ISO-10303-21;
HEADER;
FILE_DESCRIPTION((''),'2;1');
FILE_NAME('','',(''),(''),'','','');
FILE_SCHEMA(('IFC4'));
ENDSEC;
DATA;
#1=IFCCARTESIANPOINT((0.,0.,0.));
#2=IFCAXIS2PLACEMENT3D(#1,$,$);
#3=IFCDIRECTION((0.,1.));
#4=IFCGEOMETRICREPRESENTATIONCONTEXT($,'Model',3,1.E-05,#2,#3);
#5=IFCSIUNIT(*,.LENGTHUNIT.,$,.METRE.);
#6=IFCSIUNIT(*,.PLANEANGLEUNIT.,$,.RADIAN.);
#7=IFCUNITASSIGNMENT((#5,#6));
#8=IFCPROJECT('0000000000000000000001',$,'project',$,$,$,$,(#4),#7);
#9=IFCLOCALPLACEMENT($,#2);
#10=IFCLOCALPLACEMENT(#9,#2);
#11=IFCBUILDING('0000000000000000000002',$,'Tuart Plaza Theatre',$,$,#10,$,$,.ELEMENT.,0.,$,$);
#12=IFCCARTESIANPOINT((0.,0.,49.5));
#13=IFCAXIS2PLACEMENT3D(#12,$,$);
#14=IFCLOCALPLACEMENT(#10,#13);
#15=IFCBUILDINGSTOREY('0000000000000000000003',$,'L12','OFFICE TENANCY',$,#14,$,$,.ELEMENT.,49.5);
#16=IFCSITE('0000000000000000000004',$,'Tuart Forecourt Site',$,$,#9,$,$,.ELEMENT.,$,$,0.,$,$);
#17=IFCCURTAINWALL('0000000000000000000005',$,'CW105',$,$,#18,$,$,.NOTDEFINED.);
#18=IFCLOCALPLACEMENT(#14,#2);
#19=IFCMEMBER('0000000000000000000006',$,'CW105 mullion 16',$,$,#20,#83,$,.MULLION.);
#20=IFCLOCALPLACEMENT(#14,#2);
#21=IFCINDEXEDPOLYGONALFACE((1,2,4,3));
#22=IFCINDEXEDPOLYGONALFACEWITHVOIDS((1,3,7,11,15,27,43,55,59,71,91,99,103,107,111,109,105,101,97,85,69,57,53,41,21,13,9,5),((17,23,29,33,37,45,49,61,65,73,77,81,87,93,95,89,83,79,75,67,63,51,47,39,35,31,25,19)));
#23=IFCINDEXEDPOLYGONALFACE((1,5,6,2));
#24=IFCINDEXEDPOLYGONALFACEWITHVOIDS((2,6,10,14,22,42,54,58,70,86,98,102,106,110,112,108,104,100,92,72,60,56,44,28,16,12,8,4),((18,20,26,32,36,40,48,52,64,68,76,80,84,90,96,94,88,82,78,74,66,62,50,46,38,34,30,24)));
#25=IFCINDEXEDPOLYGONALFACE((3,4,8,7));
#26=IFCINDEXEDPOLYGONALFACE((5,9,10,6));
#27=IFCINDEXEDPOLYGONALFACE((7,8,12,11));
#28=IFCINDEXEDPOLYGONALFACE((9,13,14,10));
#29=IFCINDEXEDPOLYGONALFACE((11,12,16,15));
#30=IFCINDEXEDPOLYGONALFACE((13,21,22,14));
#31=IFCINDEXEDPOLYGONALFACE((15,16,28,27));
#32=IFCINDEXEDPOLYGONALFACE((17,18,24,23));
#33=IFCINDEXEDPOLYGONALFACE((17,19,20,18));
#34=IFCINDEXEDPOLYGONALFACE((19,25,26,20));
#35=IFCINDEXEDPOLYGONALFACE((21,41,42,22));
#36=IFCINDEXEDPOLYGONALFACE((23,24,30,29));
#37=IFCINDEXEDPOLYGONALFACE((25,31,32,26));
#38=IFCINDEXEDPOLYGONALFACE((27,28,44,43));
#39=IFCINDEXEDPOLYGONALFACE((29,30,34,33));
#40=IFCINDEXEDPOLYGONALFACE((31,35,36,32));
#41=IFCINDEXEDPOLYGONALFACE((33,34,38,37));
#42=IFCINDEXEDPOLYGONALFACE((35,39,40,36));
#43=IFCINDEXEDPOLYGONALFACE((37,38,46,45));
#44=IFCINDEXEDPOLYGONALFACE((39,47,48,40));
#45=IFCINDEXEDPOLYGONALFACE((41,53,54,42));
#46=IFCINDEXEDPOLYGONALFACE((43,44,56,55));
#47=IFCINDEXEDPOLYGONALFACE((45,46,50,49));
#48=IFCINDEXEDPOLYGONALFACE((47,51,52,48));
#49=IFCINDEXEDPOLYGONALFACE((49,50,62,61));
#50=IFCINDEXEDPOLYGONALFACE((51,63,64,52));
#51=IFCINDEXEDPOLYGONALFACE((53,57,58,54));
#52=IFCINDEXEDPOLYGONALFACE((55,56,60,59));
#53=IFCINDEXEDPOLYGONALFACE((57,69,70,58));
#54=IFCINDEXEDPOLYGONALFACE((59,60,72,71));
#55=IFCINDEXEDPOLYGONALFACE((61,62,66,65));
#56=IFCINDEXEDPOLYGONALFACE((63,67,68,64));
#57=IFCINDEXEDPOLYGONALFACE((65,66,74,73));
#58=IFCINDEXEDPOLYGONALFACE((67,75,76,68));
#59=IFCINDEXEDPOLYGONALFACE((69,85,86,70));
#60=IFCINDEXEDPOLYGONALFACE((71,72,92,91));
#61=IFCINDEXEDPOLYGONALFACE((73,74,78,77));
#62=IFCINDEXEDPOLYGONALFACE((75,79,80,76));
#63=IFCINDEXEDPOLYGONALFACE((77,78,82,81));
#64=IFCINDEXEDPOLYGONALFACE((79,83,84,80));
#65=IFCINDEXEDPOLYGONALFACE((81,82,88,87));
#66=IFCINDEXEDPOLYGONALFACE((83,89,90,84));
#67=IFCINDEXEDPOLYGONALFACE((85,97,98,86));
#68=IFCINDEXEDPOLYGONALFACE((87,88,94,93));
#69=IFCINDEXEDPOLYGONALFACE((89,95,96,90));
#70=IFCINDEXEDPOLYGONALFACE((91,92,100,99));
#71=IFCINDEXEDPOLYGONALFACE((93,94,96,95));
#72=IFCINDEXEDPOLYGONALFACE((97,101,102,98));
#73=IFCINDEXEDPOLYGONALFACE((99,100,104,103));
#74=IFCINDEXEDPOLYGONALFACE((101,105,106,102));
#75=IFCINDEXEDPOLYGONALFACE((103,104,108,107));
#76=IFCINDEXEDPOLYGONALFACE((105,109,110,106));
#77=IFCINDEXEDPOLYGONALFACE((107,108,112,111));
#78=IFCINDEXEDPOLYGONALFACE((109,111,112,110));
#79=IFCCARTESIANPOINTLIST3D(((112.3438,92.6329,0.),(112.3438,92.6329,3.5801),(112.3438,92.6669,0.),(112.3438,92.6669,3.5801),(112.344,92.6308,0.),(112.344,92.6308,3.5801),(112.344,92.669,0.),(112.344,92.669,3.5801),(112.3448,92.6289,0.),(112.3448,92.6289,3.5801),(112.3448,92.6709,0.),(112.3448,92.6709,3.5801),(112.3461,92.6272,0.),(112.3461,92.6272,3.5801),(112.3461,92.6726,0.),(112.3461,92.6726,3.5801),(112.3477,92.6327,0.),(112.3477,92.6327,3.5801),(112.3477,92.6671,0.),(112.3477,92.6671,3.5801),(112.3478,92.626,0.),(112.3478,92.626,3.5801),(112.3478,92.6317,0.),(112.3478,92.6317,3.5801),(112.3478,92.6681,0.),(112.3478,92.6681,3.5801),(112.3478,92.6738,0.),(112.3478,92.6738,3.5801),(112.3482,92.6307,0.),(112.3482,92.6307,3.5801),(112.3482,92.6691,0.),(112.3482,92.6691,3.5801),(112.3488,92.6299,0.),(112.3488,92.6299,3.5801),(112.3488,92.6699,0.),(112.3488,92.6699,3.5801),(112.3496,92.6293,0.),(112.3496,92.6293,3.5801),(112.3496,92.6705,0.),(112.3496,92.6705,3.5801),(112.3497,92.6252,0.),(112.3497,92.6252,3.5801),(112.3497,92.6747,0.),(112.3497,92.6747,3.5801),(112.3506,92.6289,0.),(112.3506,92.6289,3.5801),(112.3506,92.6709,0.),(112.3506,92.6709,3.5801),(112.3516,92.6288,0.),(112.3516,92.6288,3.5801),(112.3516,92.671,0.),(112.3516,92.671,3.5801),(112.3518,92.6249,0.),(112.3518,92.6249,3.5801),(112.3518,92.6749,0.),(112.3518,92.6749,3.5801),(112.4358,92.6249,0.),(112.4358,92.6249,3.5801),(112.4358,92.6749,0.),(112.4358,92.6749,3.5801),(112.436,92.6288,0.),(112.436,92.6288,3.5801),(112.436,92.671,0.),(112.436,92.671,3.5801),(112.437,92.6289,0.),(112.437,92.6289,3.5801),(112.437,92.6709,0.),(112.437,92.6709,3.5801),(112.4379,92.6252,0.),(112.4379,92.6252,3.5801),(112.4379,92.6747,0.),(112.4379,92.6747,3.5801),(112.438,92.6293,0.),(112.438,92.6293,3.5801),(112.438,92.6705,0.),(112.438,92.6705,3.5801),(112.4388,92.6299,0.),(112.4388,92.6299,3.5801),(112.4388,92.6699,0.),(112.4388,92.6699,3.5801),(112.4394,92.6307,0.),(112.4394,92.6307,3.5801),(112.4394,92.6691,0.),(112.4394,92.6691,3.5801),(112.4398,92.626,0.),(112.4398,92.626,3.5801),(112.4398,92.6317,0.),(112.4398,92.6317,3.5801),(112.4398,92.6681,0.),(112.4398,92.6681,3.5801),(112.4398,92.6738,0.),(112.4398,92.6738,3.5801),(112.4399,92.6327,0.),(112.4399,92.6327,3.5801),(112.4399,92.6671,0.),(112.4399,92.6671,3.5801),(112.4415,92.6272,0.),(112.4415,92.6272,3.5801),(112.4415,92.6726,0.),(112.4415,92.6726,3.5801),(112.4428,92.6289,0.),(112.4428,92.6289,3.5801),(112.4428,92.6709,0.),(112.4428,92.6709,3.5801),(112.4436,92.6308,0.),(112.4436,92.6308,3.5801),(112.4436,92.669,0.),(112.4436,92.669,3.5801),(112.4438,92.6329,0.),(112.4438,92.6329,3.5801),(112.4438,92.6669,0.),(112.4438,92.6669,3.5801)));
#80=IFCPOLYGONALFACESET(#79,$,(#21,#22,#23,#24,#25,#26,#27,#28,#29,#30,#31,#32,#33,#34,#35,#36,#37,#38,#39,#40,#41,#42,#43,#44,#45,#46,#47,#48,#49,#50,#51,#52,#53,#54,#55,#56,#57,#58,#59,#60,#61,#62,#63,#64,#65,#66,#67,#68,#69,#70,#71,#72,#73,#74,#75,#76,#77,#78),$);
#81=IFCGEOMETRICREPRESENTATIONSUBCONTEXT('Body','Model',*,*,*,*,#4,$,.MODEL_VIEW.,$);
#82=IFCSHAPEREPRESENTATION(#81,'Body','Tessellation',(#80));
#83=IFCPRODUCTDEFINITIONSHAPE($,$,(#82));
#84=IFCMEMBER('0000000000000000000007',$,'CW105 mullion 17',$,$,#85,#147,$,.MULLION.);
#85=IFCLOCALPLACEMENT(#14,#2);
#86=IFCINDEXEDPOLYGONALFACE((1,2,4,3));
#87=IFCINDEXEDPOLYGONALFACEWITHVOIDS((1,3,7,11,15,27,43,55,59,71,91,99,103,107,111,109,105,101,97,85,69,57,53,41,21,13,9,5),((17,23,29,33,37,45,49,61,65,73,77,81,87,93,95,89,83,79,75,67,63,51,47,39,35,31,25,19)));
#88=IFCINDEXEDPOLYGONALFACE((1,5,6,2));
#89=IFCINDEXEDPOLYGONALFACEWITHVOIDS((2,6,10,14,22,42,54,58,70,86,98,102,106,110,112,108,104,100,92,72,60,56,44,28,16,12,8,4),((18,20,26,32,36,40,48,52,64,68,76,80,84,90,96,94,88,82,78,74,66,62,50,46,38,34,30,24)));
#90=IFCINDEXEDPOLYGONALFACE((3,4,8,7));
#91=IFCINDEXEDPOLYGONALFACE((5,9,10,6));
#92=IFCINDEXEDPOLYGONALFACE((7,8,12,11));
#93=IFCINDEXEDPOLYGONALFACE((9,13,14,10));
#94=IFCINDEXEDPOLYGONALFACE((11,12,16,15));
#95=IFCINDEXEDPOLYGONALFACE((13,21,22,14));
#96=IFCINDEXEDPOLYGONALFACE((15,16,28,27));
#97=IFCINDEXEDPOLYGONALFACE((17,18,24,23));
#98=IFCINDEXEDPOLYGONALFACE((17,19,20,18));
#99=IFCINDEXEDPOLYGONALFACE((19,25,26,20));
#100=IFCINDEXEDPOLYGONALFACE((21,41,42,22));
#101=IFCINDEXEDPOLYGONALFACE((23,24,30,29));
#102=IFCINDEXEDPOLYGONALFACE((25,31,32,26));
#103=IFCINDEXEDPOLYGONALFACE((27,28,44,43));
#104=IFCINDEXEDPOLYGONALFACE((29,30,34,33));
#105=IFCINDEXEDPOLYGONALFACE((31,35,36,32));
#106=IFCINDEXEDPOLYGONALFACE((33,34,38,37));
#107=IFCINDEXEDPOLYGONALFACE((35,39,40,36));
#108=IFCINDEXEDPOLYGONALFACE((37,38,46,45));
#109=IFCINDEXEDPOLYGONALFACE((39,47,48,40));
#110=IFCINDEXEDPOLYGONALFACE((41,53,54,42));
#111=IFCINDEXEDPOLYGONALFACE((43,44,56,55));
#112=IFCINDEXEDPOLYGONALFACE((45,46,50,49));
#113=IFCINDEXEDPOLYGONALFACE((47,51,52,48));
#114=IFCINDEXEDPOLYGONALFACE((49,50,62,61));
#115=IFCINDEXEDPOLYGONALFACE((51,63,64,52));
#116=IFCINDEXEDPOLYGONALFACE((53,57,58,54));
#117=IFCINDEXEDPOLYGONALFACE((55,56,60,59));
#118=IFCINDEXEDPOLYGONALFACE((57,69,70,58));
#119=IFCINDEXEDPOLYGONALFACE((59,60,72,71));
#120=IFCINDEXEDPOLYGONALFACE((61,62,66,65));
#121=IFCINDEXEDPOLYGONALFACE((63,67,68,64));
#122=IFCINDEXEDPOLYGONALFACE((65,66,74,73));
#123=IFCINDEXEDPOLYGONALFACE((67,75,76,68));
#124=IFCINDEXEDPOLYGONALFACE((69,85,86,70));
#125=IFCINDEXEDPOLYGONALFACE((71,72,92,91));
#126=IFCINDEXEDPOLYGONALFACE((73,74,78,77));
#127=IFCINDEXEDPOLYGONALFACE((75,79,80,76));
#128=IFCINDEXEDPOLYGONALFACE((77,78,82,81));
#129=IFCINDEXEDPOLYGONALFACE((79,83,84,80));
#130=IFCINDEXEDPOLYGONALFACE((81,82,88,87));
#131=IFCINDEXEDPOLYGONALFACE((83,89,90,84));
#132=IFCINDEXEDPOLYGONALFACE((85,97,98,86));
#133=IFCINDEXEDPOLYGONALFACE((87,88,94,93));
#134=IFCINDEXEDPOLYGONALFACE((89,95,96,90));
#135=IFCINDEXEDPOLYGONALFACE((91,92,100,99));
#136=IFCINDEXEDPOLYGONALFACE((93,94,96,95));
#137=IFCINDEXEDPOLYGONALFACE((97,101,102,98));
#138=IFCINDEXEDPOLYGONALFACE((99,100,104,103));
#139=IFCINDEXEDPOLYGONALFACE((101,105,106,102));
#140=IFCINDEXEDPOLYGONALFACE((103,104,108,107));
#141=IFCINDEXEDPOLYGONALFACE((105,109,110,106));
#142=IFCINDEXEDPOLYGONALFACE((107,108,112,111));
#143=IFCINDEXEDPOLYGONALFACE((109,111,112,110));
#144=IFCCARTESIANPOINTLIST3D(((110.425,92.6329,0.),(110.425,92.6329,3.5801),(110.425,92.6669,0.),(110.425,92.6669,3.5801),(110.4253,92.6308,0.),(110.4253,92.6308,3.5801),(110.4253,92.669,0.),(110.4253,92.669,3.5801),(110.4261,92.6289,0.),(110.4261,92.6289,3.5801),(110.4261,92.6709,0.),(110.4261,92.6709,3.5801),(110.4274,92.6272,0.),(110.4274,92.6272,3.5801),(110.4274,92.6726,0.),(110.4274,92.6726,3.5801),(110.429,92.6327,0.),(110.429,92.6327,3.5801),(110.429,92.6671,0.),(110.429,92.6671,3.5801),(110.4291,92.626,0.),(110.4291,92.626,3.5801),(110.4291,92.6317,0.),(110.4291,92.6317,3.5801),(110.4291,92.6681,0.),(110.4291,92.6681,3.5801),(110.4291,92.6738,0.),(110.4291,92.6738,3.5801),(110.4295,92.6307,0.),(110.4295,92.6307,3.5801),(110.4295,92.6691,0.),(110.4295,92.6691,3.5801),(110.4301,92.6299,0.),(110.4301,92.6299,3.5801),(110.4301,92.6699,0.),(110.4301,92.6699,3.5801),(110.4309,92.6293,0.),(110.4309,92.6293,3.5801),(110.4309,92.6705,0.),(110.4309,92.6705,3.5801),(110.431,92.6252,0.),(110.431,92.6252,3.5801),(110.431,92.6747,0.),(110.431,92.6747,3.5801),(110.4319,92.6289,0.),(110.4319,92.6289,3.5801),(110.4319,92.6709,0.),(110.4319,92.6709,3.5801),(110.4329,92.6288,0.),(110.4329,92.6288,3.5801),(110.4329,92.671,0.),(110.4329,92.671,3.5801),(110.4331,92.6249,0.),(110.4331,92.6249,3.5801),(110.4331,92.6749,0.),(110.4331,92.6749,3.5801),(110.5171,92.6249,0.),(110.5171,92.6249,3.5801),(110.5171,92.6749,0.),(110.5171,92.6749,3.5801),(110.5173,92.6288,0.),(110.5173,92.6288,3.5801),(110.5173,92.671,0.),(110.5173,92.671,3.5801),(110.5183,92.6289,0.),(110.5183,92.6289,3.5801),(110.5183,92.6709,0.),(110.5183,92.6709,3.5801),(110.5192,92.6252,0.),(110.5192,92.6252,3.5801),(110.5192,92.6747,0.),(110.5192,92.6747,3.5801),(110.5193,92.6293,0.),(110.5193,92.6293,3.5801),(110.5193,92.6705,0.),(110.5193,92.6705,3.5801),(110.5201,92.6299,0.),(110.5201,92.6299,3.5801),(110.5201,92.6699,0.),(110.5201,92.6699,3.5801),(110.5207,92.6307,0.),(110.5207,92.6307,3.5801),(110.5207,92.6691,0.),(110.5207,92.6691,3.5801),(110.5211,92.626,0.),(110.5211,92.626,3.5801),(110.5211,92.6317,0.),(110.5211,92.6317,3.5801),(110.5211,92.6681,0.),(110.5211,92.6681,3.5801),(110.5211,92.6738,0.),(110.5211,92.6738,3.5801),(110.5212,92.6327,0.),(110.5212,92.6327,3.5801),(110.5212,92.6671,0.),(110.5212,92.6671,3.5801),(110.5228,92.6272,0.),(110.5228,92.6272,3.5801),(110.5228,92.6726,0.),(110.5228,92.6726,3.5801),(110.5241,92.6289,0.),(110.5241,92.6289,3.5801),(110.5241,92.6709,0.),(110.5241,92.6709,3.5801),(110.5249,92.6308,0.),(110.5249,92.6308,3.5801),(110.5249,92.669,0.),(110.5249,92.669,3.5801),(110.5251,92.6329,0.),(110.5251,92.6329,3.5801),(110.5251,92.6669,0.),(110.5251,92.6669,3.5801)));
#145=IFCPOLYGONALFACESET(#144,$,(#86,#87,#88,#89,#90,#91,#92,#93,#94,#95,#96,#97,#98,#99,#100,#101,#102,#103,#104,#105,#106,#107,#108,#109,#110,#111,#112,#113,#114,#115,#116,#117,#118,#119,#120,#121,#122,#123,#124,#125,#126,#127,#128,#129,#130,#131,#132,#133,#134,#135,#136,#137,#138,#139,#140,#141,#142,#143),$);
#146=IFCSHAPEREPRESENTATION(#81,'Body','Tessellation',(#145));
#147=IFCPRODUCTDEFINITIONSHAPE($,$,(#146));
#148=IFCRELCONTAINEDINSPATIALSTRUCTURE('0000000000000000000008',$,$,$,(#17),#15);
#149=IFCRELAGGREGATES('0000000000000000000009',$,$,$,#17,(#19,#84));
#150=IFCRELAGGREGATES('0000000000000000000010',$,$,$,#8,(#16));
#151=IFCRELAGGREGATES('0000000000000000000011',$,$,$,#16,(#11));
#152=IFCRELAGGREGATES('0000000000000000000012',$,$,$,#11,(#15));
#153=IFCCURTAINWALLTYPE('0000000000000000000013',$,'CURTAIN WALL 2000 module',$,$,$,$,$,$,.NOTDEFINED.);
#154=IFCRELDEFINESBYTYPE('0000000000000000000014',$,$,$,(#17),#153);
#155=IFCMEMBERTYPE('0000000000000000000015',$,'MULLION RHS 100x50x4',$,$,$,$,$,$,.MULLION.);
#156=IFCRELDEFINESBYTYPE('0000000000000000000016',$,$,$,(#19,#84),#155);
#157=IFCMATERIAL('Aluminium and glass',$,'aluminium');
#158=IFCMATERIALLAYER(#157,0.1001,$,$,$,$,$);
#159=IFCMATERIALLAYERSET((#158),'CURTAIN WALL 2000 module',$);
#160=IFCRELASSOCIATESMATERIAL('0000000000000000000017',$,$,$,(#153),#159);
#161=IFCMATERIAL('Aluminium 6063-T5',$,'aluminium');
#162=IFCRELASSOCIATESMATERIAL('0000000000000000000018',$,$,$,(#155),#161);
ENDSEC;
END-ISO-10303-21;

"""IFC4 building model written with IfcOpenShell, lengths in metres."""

from ifc_helpers import new_model, si_unit, direction, frame, origin, origin_2d, place, context, subcontext, project, spatial, hollow_rectangle, extrude, material, layer, layer_set, material_profile, profile_set, type_object, element, aggregate, save


model = new_model("IFC4")

# Units and contexts
model_context = context("Model", 3, precision=1e-05, world=origin(), true_north=direction((0.0, 1.0)))
body_context = subcontext(model_context, "Body", "Model", "MODEL_VIEW")
ifc_project = project(units=[si_unit("LENGTHUNIT", "METRE"), si_unit("PLANEANGLEUNIT", "RADIAN")], contexts=[model_context])

# Site, building, storey
site_placement = place(None, origin())
site = spatial("IfcSite", under=ifc_project, at=site_placement, Name="Tuart Forecourt Site", CompositionType="ELEMENT", RefElevation=0.0)
building_placement = place(site_placement, origin())
building = spatial("IfcBuilding", under=site, at=building_placement, Name="Tuart Plaza Theatre", CompositionType="ELEMENT", ElevationOfRefHeight=0.0)
storey_placement = place(building_placement, frame((0.0, 0.0, 49.5)))
storey = spatial("IfcBuildingStorey", under=building, at=storey_placement, Name="L12", Description="OFFICE TENANCY", CompositionType="ELEMENT", Elevation=49.5)

# Curtain wall, members
ifc_material_1 = material(Name="Aluminium and glass", Category="aluminium")
ifc_layer_1 = layer(ifc_material_1, 0.1001)
ifc_layer_set_1 = layer_set([ifc_layer_1], Name="CURTAIN WALL 2000 module")
curtain_wall_type = type_object("IfcCurtainWallType", Name="CURTAIN WALL 2000 module", PredefinedType="NOTDEFINED", material=ifc_layer_set_1)
curtain_wall_placement = place(storey_placement, origin())
curtain_wall = element("IfcCurtainWall", 1, at=curtain_wall_placement, inside=storey, type_object=curtain_wall_type, Name="CW105", PredefinedType="NOTDEFINED")
ifc_material_2 = material(Name="Aluminium 6063-T5", Category="aluminium")
ifc_material_profile_1 = material_profile(ifc_material_2, hollow_rectangle(XDim=0.05, YDim=0.1001, WallThickness=0.0039, InnerFilletRadius=0.0039, OuterFilletRadius=0.0081, at=origin_2d()), Name="RHS 100x50x4")
ifc_profile_set_1 = profile_set([ifc_material_profile_1], Name="Aluminium 6063-T5")
member_type_1 = type_object("IfcMemberType", Name="MULLION RHS 100x50x4", PredefinedType="MULLION", material=ifc_profile_set_1)
member_1_placement = place(storey_placement, frame((112.3938, 92.6499, 0.0), z_axis=(0.0, 0.0, 1.0), x_axis=(0.0, -1.0, 0.0)))
member_1 = element("IfcMember", 2, at=member_1_placement, type_object=member_type_1, Name="CW105 mullion 16", PredefinedType="MULLION", context=body_context, shape_type="SweptSolid", body=[
    extrude(hollow_rectangle(XDim=0.05, YDim=0.1001, WallThickness=0.0039, InnerFilletRadius=0.0039, OuterFilletRadius=0.0081, at=origin_2d()), origin(), (0.0, 0.0, 1.0), 3.5801),
])
member_2_placement = place(storey_placement, frame((110.4751, 92.6499, 0.0), z_axis=(0.0, 0.0, 1.0), x_axis=(0.0, -1.0, 0.0)))
member_2 = element("IfcMember", 3, at=member_2_placement, type_object=member_type_1, Name="CW105 mullion 17", PredefinedType="MULLION", context=body_context, shape_type="SweptSolid", body=[
    extrude(hollow_rectangle(XDim=0.05, YDim=0.1001, WallThickness=0.0039, InnerFilletRadius=0.0039, OuterFilletRadius=0.0081, at=origin_2d()), origin(), (0.0, 0.0, 1.0), 3.5801),
])
aggregate(curtain_wall, [member_1, member_2])

save(model, "model.ifc")
